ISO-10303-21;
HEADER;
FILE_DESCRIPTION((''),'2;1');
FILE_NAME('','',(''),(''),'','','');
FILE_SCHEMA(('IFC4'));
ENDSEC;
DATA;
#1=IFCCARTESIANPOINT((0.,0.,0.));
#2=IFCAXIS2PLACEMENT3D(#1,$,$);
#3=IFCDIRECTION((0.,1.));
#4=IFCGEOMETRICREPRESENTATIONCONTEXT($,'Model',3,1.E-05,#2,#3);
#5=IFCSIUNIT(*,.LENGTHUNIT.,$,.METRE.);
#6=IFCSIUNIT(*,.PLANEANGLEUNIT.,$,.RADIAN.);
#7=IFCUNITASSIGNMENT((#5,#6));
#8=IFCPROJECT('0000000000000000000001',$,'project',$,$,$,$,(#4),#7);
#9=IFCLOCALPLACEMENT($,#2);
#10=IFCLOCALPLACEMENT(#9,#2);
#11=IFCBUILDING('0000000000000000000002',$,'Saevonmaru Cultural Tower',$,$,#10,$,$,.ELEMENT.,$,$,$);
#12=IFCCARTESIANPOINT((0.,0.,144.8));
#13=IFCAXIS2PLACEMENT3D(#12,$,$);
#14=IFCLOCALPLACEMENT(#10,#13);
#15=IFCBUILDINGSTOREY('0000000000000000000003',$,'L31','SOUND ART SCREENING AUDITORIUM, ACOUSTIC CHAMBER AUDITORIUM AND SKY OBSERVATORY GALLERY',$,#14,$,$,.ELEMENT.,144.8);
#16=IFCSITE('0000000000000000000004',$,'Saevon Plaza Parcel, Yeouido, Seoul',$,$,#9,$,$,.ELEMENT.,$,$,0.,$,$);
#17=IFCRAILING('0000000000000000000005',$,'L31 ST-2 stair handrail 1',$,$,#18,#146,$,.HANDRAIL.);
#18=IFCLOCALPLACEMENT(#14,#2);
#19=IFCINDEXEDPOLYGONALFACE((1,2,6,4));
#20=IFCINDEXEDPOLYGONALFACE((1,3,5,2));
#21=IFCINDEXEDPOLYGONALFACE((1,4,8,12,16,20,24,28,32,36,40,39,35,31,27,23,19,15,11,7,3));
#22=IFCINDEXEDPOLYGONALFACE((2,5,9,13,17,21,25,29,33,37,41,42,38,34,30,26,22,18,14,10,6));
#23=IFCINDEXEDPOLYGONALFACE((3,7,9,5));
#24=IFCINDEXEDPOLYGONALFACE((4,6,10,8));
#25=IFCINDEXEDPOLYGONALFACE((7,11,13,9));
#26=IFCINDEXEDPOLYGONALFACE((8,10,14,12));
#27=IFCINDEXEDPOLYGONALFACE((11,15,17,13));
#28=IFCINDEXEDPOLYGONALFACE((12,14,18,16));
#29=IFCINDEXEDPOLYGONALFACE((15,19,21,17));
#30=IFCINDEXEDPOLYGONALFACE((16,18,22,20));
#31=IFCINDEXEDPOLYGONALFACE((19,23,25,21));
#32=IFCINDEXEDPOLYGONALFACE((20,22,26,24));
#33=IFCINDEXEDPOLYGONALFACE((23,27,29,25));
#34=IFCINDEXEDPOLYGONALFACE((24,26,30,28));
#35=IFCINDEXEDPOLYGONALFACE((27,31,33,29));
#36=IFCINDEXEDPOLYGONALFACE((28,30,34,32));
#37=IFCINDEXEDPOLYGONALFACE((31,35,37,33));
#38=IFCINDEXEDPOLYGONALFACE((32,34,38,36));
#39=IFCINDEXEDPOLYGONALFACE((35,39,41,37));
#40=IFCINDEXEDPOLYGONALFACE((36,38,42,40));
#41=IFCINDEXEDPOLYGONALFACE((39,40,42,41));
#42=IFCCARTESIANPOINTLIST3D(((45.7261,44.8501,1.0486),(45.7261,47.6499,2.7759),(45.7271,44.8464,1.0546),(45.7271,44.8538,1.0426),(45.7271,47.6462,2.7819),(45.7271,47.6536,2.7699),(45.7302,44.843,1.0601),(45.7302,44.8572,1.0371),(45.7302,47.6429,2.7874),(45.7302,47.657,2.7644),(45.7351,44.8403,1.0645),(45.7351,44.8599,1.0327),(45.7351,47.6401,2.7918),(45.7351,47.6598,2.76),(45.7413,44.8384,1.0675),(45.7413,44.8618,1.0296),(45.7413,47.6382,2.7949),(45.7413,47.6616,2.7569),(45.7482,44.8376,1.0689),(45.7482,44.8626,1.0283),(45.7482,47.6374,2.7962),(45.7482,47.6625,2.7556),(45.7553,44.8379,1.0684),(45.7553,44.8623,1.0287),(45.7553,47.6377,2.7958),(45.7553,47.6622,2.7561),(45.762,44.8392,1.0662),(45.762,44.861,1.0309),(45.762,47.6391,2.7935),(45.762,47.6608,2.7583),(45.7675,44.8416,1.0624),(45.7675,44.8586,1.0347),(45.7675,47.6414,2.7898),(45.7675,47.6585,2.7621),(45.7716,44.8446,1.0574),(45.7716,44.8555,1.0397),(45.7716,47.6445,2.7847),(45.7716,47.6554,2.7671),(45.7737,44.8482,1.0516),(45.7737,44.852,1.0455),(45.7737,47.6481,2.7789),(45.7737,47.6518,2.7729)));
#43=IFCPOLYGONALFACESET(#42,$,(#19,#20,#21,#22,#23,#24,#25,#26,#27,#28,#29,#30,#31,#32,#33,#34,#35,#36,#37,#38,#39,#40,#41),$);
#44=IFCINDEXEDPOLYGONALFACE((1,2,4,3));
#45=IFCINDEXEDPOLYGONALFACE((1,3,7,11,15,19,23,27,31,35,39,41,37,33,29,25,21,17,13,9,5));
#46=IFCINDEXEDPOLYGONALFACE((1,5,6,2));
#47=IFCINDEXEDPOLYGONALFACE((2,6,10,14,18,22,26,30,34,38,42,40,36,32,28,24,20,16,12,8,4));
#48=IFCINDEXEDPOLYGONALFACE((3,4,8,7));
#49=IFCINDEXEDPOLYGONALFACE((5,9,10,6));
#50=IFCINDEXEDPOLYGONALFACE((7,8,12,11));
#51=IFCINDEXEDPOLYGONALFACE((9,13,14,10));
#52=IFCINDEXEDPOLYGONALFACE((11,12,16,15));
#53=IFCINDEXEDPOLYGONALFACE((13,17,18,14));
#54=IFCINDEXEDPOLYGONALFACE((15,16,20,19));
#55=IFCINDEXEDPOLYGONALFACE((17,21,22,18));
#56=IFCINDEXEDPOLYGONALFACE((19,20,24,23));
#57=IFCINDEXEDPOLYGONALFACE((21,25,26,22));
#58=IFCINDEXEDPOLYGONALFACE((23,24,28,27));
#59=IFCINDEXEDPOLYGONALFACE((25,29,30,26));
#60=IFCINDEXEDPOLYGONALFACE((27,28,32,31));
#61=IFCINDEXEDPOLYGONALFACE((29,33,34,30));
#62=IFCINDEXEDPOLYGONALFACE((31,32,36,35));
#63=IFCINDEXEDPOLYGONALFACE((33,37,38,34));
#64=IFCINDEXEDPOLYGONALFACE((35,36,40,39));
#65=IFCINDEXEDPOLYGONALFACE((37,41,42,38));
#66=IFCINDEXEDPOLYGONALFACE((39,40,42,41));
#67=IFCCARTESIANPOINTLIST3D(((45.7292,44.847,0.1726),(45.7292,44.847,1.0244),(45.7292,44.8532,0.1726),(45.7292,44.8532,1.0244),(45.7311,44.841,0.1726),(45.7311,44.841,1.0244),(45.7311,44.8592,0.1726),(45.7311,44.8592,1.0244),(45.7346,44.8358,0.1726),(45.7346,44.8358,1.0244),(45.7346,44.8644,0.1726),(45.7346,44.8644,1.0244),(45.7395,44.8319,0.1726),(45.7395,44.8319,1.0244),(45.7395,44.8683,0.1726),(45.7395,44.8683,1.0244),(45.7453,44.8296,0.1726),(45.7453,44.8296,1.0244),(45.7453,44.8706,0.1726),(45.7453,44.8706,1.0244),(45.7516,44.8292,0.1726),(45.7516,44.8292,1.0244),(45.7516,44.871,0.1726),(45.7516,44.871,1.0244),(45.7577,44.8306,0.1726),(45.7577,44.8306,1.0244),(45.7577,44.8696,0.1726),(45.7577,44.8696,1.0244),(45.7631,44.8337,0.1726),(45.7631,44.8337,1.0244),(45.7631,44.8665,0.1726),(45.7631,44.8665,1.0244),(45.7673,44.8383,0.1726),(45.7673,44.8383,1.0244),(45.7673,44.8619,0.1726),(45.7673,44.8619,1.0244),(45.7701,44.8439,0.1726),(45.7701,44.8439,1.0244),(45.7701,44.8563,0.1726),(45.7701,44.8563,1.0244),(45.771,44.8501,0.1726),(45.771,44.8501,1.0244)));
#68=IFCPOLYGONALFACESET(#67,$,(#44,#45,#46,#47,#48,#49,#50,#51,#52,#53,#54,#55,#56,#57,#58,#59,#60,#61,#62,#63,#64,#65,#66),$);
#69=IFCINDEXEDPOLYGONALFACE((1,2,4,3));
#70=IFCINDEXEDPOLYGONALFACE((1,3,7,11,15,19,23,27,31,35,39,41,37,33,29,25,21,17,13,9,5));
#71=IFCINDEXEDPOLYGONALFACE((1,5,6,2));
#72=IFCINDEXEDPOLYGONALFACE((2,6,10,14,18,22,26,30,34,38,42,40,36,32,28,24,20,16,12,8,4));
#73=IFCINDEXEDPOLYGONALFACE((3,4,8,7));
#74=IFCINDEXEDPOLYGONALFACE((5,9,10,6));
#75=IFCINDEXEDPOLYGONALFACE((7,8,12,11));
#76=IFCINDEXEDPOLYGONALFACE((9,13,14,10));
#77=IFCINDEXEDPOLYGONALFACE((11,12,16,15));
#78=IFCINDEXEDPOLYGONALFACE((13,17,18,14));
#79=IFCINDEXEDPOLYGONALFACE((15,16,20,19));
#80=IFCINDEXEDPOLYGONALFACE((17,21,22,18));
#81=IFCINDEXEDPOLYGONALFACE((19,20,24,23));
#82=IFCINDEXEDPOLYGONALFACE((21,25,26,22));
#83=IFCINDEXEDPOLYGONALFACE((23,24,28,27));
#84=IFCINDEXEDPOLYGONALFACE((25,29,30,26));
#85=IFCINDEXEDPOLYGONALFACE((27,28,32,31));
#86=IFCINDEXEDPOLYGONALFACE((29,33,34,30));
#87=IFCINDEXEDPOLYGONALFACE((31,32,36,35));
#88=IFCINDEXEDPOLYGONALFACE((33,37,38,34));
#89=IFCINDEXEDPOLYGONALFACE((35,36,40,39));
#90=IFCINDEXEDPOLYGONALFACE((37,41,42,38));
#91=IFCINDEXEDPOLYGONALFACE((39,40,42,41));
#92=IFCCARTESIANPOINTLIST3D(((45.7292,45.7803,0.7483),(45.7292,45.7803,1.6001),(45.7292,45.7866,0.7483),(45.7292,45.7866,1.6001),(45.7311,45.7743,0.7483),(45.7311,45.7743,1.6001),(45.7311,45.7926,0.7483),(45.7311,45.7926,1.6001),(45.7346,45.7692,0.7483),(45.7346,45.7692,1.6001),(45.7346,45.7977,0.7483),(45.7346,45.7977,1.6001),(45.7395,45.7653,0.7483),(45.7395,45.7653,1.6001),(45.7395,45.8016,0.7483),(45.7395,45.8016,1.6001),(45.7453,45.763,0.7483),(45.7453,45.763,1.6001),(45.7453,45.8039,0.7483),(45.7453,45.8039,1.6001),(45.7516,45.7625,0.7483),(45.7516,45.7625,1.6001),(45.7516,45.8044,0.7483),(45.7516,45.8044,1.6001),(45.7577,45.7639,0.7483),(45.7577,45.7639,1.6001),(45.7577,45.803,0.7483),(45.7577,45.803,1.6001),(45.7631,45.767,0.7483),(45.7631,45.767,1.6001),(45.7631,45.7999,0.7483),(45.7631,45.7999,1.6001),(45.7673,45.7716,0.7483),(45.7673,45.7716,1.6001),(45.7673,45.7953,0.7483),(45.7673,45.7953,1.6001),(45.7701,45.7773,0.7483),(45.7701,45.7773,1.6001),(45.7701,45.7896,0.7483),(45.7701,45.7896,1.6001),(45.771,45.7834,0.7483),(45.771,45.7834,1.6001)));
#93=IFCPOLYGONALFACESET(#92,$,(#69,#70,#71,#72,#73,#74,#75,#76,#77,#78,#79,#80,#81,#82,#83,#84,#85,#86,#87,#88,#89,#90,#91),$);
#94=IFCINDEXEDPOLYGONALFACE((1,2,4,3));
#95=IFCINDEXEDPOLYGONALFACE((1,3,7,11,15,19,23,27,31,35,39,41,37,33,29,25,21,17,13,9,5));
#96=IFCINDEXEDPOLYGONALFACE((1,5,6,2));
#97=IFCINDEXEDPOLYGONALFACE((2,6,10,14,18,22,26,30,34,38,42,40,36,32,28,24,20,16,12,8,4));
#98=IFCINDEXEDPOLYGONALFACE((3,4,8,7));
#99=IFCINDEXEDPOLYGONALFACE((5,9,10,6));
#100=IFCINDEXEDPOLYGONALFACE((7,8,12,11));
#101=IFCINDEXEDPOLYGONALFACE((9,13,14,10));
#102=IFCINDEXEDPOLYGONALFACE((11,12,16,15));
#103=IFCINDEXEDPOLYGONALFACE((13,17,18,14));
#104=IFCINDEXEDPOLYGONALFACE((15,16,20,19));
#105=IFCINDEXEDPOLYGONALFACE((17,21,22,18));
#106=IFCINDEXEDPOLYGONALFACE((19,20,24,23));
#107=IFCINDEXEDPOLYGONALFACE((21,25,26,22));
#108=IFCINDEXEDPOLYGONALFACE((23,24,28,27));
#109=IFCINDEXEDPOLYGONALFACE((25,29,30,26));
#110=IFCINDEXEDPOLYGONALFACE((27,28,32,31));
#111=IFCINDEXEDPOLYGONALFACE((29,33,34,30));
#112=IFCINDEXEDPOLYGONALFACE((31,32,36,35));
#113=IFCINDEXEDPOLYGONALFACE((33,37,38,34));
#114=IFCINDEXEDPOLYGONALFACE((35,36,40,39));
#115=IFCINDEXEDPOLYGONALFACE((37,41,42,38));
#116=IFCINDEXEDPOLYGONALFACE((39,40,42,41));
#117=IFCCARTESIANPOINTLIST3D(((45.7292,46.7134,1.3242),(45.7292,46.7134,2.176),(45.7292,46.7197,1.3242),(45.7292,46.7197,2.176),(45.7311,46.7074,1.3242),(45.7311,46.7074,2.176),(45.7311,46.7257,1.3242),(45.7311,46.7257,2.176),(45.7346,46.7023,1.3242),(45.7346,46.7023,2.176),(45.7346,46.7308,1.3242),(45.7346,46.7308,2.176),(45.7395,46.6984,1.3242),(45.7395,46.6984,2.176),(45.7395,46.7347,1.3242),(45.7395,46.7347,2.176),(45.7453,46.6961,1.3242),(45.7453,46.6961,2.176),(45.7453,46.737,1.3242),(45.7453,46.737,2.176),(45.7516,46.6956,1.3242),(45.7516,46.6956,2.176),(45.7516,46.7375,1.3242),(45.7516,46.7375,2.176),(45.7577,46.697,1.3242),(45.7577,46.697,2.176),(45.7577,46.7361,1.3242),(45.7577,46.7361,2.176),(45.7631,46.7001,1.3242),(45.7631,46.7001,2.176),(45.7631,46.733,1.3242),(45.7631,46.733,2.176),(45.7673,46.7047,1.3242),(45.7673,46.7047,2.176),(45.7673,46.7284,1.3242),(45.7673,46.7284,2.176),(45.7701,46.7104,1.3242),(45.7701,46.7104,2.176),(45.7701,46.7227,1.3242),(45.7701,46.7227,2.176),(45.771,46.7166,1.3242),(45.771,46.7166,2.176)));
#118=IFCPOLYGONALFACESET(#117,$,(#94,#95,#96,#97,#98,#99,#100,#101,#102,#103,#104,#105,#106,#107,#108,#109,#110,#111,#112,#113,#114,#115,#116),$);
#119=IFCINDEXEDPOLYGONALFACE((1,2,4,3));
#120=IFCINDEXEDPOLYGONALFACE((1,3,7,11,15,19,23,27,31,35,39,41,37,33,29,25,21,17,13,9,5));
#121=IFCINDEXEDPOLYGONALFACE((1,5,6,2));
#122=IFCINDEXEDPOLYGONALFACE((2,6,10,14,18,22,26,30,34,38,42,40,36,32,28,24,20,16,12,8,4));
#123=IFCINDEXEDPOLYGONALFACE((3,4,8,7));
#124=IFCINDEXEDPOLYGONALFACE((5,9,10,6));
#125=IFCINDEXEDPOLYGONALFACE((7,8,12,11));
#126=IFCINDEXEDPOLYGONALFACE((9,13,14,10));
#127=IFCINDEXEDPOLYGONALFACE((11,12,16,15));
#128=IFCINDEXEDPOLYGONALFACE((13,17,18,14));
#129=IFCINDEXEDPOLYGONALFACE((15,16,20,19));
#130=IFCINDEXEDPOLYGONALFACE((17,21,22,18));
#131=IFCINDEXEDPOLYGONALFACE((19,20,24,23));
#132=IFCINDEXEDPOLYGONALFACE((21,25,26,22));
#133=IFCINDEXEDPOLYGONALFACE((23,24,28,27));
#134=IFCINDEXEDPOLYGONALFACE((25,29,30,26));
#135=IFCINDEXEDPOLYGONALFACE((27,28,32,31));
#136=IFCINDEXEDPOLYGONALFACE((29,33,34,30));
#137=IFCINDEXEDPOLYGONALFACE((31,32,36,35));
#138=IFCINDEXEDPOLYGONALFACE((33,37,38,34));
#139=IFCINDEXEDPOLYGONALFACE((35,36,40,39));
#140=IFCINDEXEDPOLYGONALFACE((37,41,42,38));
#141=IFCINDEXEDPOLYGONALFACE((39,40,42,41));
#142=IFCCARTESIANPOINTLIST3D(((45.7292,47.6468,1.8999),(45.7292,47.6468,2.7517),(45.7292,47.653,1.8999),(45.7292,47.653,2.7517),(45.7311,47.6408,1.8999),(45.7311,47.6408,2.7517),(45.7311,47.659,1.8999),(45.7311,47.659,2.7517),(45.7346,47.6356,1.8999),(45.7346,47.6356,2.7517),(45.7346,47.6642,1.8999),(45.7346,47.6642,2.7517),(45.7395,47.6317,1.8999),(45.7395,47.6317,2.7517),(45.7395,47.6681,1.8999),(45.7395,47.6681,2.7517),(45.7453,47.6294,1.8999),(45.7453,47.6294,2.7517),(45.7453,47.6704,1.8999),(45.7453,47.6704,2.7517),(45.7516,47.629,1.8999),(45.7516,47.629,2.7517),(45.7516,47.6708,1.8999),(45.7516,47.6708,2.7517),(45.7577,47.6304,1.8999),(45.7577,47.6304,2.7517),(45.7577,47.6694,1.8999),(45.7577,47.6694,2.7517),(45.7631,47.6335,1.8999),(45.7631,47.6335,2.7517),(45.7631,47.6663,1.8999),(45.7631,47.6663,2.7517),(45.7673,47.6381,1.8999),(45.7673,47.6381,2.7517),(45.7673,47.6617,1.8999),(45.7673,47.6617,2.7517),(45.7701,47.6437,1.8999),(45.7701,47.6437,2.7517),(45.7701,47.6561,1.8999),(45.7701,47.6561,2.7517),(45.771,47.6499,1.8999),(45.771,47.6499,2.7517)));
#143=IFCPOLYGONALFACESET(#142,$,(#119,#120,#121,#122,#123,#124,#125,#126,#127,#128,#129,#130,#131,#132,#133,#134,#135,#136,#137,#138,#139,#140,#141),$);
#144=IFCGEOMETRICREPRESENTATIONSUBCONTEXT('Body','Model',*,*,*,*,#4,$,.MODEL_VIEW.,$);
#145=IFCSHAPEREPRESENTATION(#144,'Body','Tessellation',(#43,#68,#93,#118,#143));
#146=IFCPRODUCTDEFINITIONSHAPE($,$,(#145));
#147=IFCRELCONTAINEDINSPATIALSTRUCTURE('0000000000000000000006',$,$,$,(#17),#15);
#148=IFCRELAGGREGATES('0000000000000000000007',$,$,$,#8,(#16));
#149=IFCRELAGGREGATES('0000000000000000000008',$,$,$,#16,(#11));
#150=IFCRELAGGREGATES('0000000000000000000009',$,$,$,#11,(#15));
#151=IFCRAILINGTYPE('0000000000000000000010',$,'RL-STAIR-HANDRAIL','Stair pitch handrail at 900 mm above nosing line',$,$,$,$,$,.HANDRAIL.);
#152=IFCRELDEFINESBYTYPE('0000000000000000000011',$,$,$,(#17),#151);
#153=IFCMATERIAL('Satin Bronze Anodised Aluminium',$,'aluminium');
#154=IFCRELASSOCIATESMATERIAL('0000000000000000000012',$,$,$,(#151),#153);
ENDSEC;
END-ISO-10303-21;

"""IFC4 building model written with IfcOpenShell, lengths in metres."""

from ifc_helpers import new_model, si_unit, direction, frame, origin, origin_2d, place, context, subcontext, project, spatial, circle, extrude, material, type_object, element, save


model = new_model("IFC4")

# Units and contexts
model_context = context("Model", 3, precision=1e-05, world=origin(), true_north=direction((0.0, 1.0)))
body_context = subcontext(model_context, "Body", "Model", "MODEL_VIEW")
ifc_project = project(units=[si_unit("LENGTHUNIT", "METRE"), si_unit("PLANEANGLEUNIT", "RADIAN")], contexts=[model_context])

# Site, building, storey
site_placement = place(None, origin())
site = spatial("IfcSite", under=ifc_project, at=site_placement, Name="Saevon Plaza Parcel, Yeouido, Seoul", CompositionType="ELEMENT", RefElevation=0.0)
building_placement = place(site_placement, origin())
building = spatial("IfcBuilding", under=site, at=building_placement, Name="Saevonmaru Cultural Tower", CompositionType="ELEMENT")
storey_placement = place(building_placement, frame((0.0, 0.0, 144.8)))
storey = spatial("IfcBuildingStorey", under=building, at=storey_placement, Name="L31", Description="SOUND ART SCREENING AUDITORIUM, ACOUSTIC CHAMBER AUDITORIUM AND SKY OBSERVATORY GALLERY", CompositionType="ELEMENT", Elevation=144.8)

# Shared definitions
ifc_material_1 = material(Name="Satin Bronze Anodised Aluminium", Category="aluminium")

# Railing
railing_type_1 = type_object("IfcRailingType", Name="RL-STAIR-HANDRAIL", Description="Stair pitch handrail at 900 mm above nosing line", PredefinedType="HANDRAIL", material=ifc_material_1)
railing_1_placement = place(storey_placement, frame((45.75, 44.8501, 0.1726)))
element("IfcRailing", 1, at=railing_1_placement, inside=storey, type_object=railing_type_1, Name="L31 ST-2 stair handrail 1", PredefinedType="HANDRAIL", context=body_context, shape_type="SweptSolid", body=[
    extrude(circle(Radius=0.0239, at=origin_2d()), frame((0.0, 0.0, 0.876), z_axis=(0.0, 0.851069, 0.525054), x_axis=(-1.0, 0.0, 0.0)), (0.0, 0.0, 1.0), 3.2898),
    extrude(circle(Radius=0.021, at=origin_2d()), origin(), (0.0, 0.0, 1.0), 0.8518),
    extrude(circle(Radius=0.021, at=origin_2d()), frame((0.0, 0.9333, 0.5757)), (0.0, 0.0, 1.0), 0.8518),
    extrude(circle(Radius=0.021, at=origin_2d()), frame((0.0, 1.8665, 1.1516)), (0.0, 0.0, 1.0), 0.8518),
    extrude(circle(Radius=0.021, at=origin_2d()), frame((0.0, 2.7998, 1.7273)), (0.0, 0.0, 1.0), 0.8518),
])

save(model, "model.ifc")
